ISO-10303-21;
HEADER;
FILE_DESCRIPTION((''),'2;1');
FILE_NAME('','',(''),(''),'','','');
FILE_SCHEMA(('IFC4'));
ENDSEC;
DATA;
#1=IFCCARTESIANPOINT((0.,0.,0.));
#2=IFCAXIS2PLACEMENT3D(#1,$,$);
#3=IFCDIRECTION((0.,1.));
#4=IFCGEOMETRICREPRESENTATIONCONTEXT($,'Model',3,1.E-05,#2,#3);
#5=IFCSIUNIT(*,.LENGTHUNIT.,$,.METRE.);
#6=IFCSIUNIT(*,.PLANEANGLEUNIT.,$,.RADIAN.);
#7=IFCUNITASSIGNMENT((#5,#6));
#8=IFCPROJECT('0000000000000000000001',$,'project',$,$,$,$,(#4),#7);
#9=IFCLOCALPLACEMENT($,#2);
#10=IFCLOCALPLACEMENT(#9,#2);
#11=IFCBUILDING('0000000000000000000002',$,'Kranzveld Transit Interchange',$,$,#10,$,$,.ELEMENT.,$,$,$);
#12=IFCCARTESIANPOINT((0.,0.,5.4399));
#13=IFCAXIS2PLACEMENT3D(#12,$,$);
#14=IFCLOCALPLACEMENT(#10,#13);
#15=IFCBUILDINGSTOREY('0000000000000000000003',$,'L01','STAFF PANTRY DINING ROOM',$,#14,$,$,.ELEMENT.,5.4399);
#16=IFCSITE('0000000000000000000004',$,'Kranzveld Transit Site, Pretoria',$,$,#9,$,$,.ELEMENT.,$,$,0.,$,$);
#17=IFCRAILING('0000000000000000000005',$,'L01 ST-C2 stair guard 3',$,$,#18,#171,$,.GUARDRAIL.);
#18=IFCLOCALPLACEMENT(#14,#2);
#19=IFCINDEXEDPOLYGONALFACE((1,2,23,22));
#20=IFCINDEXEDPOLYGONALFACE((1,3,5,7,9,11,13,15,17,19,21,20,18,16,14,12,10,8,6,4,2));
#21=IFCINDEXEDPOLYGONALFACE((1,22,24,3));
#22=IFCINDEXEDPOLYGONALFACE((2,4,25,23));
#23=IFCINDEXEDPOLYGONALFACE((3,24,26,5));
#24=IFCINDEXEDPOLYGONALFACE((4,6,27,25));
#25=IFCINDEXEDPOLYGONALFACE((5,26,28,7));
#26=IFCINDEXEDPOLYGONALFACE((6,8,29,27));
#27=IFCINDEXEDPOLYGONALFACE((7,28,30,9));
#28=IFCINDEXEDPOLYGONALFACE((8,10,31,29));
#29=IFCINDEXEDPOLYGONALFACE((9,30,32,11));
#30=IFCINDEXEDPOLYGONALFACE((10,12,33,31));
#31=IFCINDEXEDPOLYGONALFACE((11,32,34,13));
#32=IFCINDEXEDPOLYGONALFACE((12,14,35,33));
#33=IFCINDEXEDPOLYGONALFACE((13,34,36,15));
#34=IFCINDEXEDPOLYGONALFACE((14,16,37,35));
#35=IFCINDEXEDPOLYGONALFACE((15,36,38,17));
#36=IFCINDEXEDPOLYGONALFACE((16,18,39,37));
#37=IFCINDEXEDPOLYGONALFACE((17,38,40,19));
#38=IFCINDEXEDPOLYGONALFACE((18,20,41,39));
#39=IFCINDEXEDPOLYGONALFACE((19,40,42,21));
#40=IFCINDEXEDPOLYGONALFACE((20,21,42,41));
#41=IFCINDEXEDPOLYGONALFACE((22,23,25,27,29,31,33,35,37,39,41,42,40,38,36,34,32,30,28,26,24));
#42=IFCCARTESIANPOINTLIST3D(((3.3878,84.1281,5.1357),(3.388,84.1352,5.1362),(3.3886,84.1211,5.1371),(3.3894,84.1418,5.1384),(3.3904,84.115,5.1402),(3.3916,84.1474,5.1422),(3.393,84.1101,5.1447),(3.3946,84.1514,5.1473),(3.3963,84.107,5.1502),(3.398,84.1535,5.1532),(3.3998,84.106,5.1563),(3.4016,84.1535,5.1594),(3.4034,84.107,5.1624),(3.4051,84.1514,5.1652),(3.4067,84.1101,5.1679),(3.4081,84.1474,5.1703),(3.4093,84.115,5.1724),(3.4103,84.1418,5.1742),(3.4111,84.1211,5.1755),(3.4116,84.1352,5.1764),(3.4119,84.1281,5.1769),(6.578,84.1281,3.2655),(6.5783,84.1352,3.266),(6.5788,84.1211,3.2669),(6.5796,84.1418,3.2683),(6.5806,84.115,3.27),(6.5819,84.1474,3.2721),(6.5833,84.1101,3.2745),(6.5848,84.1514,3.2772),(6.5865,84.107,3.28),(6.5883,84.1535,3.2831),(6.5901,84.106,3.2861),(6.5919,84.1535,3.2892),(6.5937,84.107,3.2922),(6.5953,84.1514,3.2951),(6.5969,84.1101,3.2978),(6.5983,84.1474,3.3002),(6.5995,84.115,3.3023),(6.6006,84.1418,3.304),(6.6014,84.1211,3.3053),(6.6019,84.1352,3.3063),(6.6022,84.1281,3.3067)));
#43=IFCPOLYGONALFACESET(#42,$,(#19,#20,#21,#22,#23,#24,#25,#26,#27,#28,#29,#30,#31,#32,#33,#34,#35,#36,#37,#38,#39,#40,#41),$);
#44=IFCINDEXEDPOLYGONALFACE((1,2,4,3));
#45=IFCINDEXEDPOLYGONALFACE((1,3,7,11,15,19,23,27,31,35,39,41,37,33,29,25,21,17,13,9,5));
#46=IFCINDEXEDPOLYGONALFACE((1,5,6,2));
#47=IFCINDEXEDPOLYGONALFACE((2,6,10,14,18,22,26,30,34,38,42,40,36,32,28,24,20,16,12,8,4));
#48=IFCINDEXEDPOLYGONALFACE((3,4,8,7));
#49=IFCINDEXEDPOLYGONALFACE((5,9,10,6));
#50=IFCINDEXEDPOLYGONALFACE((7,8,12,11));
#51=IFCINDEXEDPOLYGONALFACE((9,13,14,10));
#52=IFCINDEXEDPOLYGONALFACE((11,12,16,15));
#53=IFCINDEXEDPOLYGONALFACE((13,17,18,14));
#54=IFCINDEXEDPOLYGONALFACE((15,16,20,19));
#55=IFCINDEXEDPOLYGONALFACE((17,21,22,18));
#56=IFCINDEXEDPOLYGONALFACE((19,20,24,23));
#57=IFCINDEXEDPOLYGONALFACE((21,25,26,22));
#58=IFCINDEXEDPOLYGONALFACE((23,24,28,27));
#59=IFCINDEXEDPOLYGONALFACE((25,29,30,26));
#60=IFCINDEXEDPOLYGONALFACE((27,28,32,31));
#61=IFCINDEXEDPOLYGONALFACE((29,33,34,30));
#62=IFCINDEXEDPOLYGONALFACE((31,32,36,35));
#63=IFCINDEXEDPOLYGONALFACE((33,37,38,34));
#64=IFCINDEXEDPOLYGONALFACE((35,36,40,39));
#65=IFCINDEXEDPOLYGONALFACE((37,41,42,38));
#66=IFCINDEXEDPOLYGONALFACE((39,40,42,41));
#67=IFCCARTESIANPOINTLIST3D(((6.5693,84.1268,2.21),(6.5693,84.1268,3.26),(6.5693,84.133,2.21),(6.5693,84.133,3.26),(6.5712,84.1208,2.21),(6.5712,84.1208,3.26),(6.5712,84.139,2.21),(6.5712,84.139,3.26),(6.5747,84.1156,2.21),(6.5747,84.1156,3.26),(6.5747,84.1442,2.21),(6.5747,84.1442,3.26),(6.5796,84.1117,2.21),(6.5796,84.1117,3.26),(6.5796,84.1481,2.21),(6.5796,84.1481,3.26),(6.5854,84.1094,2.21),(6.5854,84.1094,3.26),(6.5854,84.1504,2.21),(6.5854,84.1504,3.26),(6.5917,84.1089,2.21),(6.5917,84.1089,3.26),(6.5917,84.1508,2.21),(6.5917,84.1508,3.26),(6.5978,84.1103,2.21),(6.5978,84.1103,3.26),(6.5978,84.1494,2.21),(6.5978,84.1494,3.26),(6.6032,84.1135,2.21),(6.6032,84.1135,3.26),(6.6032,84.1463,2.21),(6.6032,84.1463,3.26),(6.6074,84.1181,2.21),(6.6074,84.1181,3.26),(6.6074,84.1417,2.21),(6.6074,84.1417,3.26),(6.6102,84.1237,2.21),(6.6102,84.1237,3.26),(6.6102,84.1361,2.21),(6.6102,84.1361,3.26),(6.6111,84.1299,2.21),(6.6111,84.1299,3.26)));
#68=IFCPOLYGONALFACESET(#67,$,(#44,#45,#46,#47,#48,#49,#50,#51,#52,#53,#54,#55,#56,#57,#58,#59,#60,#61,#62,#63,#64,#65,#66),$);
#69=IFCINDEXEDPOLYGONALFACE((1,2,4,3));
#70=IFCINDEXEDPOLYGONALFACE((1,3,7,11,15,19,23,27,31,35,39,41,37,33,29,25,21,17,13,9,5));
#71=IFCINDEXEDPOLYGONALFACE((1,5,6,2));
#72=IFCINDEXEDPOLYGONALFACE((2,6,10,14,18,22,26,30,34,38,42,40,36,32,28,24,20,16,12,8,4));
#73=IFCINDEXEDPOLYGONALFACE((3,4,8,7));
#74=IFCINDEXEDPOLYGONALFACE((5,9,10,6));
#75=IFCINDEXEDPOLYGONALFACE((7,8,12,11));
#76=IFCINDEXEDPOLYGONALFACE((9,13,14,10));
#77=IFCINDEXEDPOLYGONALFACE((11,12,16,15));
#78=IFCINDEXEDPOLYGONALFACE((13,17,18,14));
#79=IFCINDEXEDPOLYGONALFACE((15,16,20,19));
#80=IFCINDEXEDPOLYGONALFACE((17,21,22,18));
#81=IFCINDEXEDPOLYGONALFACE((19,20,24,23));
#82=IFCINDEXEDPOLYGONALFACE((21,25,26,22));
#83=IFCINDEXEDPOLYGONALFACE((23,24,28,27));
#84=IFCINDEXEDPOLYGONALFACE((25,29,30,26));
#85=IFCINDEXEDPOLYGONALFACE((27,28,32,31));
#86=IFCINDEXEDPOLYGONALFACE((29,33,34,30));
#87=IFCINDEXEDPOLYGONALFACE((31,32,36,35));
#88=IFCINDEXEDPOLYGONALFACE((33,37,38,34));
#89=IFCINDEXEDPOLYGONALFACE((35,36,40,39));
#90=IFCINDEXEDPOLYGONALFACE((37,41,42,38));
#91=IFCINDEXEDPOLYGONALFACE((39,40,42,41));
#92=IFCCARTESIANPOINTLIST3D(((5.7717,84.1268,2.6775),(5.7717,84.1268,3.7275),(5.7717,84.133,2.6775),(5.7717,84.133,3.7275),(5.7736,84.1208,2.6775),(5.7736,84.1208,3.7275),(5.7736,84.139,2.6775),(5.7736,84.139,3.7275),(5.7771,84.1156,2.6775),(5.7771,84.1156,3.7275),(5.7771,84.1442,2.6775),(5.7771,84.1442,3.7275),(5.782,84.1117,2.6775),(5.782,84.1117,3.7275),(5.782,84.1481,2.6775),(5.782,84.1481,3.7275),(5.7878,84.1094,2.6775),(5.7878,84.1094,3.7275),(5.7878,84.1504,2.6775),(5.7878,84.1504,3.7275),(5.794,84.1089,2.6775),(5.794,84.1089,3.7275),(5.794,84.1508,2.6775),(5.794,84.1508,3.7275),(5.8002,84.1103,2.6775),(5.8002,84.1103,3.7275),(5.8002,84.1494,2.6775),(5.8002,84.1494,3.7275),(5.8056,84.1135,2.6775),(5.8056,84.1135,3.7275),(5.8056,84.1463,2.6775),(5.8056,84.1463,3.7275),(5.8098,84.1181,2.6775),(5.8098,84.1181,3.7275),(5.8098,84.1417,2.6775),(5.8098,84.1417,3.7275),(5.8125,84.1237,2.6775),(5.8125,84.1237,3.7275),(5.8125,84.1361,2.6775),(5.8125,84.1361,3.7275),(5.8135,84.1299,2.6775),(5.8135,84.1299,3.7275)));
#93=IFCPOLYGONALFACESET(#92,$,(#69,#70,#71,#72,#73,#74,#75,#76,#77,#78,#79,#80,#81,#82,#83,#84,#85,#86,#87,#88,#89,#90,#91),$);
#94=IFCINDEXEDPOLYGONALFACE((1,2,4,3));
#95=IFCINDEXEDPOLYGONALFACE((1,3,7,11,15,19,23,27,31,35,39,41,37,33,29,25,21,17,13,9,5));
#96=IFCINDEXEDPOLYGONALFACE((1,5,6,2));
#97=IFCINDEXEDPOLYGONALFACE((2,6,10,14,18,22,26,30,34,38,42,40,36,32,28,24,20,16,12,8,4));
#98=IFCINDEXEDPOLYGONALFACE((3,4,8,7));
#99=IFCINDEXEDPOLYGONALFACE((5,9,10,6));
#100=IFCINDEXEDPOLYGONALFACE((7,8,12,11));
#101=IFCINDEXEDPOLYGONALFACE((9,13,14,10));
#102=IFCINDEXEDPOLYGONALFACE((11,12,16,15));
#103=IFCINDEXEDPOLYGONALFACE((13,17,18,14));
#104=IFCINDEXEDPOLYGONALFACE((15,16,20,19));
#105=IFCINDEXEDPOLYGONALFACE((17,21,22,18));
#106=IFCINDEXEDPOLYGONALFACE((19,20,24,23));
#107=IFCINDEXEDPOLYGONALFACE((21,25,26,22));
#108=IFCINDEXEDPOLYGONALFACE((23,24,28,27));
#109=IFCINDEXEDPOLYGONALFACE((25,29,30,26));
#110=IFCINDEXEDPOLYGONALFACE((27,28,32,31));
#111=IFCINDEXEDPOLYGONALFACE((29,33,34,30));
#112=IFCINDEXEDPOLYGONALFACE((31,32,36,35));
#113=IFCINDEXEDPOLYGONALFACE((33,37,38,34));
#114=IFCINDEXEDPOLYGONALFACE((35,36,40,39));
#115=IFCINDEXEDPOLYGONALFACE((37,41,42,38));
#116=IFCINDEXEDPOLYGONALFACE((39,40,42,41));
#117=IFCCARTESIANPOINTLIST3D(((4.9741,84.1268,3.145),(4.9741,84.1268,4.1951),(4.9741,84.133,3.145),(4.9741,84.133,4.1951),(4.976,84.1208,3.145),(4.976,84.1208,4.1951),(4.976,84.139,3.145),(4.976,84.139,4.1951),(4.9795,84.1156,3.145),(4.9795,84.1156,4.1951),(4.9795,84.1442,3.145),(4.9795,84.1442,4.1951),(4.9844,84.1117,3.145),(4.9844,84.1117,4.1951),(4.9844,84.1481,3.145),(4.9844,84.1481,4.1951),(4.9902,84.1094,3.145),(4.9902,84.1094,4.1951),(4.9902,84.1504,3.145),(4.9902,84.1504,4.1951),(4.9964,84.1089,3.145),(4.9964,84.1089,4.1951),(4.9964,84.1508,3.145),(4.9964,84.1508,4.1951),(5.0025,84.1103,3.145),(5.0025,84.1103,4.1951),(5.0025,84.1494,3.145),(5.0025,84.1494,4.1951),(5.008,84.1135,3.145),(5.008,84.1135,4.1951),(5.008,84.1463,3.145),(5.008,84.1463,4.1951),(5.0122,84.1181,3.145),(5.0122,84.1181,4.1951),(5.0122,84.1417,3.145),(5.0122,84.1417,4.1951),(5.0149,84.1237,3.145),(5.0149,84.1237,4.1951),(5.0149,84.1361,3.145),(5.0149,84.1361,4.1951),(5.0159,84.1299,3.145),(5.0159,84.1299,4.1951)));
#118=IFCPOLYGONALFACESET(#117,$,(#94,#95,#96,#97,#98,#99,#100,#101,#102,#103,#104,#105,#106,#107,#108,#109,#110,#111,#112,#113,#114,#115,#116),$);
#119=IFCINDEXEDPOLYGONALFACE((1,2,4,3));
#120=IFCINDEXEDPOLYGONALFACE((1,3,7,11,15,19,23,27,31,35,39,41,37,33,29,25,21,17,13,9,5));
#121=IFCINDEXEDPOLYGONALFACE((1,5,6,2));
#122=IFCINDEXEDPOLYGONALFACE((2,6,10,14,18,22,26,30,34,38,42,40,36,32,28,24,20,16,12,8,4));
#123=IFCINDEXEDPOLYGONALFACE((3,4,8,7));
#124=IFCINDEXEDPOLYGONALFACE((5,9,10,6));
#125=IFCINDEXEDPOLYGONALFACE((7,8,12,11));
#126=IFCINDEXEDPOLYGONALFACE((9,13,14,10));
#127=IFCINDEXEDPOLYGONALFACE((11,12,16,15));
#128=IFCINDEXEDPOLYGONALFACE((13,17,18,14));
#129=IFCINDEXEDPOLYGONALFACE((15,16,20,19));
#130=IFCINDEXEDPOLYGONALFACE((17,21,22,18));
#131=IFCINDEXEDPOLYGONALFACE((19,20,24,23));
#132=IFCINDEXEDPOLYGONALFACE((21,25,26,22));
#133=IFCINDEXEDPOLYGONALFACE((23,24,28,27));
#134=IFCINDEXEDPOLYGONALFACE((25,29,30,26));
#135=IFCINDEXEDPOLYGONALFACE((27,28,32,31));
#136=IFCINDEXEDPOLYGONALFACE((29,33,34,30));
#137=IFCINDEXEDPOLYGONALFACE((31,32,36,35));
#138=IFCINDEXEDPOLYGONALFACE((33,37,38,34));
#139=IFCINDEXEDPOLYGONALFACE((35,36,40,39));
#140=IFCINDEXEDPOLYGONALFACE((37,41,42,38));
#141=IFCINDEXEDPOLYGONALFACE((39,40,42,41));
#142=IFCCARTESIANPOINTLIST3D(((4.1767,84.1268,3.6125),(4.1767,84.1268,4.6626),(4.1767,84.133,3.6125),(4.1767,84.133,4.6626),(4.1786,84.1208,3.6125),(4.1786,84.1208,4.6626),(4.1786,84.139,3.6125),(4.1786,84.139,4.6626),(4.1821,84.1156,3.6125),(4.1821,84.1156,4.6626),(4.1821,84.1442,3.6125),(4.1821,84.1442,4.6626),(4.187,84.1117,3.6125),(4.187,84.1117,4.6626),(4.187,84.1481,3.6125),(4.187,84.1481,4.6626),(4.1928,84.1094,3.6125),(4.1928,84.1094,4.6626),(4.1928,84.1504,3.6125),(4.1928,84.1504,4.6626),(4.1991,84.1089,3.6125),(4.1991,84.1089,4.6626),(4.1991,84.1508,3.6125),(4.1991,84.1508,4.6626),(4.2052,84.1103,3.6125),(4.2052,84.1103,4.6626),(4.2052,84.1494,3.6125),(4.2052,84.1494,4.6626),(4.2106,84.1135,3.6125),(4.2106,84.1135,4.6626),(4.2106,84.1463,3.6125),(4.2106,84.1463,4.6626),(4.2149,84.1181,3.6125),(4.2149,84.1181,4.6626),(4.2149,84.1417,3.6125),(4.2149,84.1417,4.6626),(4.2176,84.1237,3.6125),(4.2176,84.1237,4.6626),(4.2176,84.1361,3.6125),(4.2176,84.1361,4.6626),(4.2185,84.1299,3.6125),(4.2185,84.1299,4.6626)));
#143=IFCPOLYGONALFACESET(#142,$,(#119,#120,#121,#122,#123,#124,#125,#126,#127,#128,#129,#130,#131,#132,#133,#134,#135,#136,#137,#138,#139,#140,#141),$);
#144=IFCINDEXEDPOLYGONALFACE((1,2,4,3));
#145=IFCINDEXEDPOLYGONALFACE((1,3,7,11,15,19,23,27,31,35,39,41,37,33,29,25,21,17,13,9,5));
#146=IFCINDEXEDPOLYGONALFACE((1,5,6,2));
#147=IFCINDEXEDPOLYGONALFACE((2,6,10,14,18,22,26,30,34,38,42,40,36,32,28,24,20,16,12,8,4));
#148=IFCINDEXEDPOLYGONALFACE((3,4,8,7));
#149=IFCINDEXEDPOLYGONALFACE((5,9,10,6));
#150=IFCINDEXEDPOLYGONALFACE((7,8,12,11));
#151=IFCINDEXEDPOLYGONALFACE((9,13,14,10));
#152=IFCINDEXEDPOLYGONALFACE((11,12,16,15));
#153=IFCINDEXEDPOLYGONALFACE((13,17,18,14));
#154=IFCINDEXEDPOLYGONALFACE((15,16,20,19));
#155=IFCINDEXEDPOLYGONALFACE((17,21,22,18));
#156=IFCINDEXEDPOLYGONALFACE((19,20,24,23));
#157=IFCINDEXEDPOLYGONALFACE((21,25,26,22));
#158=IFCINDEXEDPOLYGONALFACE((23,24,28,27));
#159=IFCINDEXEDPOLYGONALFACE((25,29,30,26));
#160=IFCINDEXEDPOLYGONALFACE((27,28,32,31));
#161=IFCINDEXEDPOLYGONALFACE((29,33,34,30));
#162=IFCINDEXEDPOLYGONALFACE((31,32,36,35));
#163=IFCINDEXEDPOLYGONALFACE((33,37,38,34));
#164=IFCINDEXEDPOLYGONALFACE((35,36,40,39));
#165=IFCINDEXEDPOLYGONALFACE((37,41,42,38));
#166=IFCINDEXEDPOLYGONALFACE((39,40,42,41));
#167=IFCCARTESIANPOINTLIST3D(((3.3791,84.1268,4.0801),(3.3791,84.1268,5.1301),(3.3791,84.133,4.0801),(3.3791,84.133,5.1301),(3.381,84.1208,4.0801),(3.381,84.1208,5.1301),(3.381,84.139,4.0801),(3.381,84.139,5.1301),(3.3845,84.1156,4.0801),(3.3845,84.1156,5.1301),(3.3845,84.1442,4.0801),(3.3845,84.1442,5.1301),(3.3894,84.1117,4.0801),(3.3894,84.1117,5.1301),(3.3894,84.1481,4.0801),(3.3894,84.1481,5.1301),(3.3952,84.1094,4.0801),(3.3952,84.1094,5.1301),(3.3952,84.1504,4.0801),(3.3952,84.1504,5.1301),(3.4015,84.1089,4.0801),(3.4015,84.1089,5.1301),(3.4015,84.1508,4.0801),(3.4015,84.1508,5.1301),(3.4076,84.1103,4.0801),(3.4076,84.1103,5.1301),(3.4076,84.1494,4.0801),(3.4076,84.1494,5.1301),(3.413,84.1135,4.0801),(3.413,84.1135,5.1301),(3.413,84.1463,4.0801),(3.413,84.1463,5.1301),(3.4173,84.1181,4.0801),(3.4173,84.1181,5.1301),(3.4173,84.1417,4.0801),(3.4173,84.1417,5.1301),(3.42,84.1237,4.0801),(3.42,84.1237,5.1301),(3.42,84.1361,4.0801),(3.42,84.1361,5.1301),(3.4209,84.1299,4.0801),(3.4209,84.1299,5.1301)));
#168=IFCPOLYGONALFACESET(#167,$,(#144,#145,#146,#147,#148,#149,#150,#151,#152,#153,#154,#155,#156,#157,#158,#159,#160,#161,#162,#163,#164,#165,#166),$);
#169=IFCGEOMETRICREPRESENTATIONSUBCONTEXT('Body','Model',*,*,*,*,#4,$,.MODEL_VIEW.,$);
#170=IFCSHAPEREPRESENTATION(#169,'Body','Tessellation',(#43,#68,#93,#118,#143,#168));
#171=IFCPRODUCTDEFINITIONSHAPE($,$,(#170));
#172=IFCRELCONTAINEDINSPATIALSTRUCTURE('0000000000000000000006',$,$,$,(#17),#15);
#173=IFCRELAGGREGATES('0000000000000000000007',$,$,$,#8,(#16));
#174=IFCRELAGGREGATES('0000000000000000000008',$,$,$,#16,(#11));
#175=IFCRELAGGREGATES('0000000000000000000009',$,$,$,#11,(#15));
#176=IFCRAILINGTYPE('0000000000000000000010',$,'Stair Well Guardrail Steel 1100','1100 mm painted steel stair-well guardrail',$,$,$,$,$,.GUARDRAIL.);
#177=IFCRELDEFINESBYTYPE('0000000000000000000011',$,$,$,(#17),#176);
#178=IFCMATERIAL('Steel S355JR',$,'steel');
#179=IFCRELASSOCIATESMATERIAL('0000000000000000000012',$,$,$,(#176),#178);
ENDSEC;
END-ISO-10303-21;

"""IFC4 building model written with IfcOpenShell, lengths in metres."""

from ifc_helpers import new_model, si_unit, direction, frame, origin, origin_2d, place, context, subcontext, project, spatial, circle, extrude, material, type_object, element, save


model = new_model("IFC4")

# Units and contexts
model_context = context("Model", 3, precision=1e-05, world=origin(), true_north=direction((0.0, 1.0)))
body_context = subcontext(model_context, "Body", "Model", "MODEL_VIEW")
ifc_project = project(units=[si_unit("LENGTHUNIT", "METRE"), si_unit("PLANEANGLEUNIT", "RADIAN")], contexts=[model_context])

# Site, building, storey
site_placement = place(None, origin())
site = spatial("IfcSite", under=ifc_project, at=site_placement, Name="Kranzveld Transit Site, Pretoria", CompositionType="ELEMENT", RefElevation=0.0)
building_placement = place(site_placement, origin())
building = spatial("IfcBuilding", under=site, at=building_placement, Name="Kranzveld Transit Interchange", CompositionType="ELEMENT")
storey_placement = place(building_placement, frame((0.0, 0.0, 5.4399)))
storey = spatial("IfcBuildingStorey", under=building, at=storey_placement, Name="L01", Description="STAFF PANTRY DINING ROOM", CompositionType="ELEMENT", Elevation=5.4399)

# Railing
ifc_material_1 = material(Name="Steel S355JR", Category="steel")
railing_type_1 = type_object("IfcRailingType", Name="Stair Well Guardrail Steel 1100", Description="1100 mm painted steel stair-well guardrail", PredefinedType="GUARDRAIL", material=ifc_material_1)
railing_1_placement = place(storey_placement, frame((6.5901, 84.1299, 2.21)))
element("IfcRailing", 1, at=railing_1_placement, inside=storey, type_object=railing_type_1, Name="L01 ST-C2 stair guard 3", PredefinedType="GUARDRAIL", context=body_context, shape_type="SweptSolid", body=[
    extrude(circle(Radius=0.0239, at=origin_2d()), frame((0.0, 0.0, 1.0762), z_axis=(-0.862697, 0.0, 0.505721), x_axis=(0.0, -1.0, 0.0)), (0.0, 0.0, 1.0), 3.698),
    extrude(circle(Radius=0.021, at=origin_2d()), origin(), (0.0, 0.0, 1.0), 1.05),
    extrude(circle(Radius=0.021, at=origin_2d()), frame((-0.7976, 0.0, 0.4675)), (0.0, 0.0, 1.0), 1.05),
    extrude(circle(Radius=0.021, at=origin_2d()), frame((-1.5952, 0.0, 0.9351)), (0.0, 0.0, 1.0), 1.05),
    extrude(circle(Radius=0.021, at=origin_2d()), frame((-2.3926, 0.0, 1.4026)), (0.0, 0.0, 1.0), 1.05),
    extrude(circle(Radius=0.021, at=origin_2d()), frame((-3.1902, 0.0, 1.8701)), (0.0, 0.0, 1.0), 1.05),
])

save(model, "model.ifc")
